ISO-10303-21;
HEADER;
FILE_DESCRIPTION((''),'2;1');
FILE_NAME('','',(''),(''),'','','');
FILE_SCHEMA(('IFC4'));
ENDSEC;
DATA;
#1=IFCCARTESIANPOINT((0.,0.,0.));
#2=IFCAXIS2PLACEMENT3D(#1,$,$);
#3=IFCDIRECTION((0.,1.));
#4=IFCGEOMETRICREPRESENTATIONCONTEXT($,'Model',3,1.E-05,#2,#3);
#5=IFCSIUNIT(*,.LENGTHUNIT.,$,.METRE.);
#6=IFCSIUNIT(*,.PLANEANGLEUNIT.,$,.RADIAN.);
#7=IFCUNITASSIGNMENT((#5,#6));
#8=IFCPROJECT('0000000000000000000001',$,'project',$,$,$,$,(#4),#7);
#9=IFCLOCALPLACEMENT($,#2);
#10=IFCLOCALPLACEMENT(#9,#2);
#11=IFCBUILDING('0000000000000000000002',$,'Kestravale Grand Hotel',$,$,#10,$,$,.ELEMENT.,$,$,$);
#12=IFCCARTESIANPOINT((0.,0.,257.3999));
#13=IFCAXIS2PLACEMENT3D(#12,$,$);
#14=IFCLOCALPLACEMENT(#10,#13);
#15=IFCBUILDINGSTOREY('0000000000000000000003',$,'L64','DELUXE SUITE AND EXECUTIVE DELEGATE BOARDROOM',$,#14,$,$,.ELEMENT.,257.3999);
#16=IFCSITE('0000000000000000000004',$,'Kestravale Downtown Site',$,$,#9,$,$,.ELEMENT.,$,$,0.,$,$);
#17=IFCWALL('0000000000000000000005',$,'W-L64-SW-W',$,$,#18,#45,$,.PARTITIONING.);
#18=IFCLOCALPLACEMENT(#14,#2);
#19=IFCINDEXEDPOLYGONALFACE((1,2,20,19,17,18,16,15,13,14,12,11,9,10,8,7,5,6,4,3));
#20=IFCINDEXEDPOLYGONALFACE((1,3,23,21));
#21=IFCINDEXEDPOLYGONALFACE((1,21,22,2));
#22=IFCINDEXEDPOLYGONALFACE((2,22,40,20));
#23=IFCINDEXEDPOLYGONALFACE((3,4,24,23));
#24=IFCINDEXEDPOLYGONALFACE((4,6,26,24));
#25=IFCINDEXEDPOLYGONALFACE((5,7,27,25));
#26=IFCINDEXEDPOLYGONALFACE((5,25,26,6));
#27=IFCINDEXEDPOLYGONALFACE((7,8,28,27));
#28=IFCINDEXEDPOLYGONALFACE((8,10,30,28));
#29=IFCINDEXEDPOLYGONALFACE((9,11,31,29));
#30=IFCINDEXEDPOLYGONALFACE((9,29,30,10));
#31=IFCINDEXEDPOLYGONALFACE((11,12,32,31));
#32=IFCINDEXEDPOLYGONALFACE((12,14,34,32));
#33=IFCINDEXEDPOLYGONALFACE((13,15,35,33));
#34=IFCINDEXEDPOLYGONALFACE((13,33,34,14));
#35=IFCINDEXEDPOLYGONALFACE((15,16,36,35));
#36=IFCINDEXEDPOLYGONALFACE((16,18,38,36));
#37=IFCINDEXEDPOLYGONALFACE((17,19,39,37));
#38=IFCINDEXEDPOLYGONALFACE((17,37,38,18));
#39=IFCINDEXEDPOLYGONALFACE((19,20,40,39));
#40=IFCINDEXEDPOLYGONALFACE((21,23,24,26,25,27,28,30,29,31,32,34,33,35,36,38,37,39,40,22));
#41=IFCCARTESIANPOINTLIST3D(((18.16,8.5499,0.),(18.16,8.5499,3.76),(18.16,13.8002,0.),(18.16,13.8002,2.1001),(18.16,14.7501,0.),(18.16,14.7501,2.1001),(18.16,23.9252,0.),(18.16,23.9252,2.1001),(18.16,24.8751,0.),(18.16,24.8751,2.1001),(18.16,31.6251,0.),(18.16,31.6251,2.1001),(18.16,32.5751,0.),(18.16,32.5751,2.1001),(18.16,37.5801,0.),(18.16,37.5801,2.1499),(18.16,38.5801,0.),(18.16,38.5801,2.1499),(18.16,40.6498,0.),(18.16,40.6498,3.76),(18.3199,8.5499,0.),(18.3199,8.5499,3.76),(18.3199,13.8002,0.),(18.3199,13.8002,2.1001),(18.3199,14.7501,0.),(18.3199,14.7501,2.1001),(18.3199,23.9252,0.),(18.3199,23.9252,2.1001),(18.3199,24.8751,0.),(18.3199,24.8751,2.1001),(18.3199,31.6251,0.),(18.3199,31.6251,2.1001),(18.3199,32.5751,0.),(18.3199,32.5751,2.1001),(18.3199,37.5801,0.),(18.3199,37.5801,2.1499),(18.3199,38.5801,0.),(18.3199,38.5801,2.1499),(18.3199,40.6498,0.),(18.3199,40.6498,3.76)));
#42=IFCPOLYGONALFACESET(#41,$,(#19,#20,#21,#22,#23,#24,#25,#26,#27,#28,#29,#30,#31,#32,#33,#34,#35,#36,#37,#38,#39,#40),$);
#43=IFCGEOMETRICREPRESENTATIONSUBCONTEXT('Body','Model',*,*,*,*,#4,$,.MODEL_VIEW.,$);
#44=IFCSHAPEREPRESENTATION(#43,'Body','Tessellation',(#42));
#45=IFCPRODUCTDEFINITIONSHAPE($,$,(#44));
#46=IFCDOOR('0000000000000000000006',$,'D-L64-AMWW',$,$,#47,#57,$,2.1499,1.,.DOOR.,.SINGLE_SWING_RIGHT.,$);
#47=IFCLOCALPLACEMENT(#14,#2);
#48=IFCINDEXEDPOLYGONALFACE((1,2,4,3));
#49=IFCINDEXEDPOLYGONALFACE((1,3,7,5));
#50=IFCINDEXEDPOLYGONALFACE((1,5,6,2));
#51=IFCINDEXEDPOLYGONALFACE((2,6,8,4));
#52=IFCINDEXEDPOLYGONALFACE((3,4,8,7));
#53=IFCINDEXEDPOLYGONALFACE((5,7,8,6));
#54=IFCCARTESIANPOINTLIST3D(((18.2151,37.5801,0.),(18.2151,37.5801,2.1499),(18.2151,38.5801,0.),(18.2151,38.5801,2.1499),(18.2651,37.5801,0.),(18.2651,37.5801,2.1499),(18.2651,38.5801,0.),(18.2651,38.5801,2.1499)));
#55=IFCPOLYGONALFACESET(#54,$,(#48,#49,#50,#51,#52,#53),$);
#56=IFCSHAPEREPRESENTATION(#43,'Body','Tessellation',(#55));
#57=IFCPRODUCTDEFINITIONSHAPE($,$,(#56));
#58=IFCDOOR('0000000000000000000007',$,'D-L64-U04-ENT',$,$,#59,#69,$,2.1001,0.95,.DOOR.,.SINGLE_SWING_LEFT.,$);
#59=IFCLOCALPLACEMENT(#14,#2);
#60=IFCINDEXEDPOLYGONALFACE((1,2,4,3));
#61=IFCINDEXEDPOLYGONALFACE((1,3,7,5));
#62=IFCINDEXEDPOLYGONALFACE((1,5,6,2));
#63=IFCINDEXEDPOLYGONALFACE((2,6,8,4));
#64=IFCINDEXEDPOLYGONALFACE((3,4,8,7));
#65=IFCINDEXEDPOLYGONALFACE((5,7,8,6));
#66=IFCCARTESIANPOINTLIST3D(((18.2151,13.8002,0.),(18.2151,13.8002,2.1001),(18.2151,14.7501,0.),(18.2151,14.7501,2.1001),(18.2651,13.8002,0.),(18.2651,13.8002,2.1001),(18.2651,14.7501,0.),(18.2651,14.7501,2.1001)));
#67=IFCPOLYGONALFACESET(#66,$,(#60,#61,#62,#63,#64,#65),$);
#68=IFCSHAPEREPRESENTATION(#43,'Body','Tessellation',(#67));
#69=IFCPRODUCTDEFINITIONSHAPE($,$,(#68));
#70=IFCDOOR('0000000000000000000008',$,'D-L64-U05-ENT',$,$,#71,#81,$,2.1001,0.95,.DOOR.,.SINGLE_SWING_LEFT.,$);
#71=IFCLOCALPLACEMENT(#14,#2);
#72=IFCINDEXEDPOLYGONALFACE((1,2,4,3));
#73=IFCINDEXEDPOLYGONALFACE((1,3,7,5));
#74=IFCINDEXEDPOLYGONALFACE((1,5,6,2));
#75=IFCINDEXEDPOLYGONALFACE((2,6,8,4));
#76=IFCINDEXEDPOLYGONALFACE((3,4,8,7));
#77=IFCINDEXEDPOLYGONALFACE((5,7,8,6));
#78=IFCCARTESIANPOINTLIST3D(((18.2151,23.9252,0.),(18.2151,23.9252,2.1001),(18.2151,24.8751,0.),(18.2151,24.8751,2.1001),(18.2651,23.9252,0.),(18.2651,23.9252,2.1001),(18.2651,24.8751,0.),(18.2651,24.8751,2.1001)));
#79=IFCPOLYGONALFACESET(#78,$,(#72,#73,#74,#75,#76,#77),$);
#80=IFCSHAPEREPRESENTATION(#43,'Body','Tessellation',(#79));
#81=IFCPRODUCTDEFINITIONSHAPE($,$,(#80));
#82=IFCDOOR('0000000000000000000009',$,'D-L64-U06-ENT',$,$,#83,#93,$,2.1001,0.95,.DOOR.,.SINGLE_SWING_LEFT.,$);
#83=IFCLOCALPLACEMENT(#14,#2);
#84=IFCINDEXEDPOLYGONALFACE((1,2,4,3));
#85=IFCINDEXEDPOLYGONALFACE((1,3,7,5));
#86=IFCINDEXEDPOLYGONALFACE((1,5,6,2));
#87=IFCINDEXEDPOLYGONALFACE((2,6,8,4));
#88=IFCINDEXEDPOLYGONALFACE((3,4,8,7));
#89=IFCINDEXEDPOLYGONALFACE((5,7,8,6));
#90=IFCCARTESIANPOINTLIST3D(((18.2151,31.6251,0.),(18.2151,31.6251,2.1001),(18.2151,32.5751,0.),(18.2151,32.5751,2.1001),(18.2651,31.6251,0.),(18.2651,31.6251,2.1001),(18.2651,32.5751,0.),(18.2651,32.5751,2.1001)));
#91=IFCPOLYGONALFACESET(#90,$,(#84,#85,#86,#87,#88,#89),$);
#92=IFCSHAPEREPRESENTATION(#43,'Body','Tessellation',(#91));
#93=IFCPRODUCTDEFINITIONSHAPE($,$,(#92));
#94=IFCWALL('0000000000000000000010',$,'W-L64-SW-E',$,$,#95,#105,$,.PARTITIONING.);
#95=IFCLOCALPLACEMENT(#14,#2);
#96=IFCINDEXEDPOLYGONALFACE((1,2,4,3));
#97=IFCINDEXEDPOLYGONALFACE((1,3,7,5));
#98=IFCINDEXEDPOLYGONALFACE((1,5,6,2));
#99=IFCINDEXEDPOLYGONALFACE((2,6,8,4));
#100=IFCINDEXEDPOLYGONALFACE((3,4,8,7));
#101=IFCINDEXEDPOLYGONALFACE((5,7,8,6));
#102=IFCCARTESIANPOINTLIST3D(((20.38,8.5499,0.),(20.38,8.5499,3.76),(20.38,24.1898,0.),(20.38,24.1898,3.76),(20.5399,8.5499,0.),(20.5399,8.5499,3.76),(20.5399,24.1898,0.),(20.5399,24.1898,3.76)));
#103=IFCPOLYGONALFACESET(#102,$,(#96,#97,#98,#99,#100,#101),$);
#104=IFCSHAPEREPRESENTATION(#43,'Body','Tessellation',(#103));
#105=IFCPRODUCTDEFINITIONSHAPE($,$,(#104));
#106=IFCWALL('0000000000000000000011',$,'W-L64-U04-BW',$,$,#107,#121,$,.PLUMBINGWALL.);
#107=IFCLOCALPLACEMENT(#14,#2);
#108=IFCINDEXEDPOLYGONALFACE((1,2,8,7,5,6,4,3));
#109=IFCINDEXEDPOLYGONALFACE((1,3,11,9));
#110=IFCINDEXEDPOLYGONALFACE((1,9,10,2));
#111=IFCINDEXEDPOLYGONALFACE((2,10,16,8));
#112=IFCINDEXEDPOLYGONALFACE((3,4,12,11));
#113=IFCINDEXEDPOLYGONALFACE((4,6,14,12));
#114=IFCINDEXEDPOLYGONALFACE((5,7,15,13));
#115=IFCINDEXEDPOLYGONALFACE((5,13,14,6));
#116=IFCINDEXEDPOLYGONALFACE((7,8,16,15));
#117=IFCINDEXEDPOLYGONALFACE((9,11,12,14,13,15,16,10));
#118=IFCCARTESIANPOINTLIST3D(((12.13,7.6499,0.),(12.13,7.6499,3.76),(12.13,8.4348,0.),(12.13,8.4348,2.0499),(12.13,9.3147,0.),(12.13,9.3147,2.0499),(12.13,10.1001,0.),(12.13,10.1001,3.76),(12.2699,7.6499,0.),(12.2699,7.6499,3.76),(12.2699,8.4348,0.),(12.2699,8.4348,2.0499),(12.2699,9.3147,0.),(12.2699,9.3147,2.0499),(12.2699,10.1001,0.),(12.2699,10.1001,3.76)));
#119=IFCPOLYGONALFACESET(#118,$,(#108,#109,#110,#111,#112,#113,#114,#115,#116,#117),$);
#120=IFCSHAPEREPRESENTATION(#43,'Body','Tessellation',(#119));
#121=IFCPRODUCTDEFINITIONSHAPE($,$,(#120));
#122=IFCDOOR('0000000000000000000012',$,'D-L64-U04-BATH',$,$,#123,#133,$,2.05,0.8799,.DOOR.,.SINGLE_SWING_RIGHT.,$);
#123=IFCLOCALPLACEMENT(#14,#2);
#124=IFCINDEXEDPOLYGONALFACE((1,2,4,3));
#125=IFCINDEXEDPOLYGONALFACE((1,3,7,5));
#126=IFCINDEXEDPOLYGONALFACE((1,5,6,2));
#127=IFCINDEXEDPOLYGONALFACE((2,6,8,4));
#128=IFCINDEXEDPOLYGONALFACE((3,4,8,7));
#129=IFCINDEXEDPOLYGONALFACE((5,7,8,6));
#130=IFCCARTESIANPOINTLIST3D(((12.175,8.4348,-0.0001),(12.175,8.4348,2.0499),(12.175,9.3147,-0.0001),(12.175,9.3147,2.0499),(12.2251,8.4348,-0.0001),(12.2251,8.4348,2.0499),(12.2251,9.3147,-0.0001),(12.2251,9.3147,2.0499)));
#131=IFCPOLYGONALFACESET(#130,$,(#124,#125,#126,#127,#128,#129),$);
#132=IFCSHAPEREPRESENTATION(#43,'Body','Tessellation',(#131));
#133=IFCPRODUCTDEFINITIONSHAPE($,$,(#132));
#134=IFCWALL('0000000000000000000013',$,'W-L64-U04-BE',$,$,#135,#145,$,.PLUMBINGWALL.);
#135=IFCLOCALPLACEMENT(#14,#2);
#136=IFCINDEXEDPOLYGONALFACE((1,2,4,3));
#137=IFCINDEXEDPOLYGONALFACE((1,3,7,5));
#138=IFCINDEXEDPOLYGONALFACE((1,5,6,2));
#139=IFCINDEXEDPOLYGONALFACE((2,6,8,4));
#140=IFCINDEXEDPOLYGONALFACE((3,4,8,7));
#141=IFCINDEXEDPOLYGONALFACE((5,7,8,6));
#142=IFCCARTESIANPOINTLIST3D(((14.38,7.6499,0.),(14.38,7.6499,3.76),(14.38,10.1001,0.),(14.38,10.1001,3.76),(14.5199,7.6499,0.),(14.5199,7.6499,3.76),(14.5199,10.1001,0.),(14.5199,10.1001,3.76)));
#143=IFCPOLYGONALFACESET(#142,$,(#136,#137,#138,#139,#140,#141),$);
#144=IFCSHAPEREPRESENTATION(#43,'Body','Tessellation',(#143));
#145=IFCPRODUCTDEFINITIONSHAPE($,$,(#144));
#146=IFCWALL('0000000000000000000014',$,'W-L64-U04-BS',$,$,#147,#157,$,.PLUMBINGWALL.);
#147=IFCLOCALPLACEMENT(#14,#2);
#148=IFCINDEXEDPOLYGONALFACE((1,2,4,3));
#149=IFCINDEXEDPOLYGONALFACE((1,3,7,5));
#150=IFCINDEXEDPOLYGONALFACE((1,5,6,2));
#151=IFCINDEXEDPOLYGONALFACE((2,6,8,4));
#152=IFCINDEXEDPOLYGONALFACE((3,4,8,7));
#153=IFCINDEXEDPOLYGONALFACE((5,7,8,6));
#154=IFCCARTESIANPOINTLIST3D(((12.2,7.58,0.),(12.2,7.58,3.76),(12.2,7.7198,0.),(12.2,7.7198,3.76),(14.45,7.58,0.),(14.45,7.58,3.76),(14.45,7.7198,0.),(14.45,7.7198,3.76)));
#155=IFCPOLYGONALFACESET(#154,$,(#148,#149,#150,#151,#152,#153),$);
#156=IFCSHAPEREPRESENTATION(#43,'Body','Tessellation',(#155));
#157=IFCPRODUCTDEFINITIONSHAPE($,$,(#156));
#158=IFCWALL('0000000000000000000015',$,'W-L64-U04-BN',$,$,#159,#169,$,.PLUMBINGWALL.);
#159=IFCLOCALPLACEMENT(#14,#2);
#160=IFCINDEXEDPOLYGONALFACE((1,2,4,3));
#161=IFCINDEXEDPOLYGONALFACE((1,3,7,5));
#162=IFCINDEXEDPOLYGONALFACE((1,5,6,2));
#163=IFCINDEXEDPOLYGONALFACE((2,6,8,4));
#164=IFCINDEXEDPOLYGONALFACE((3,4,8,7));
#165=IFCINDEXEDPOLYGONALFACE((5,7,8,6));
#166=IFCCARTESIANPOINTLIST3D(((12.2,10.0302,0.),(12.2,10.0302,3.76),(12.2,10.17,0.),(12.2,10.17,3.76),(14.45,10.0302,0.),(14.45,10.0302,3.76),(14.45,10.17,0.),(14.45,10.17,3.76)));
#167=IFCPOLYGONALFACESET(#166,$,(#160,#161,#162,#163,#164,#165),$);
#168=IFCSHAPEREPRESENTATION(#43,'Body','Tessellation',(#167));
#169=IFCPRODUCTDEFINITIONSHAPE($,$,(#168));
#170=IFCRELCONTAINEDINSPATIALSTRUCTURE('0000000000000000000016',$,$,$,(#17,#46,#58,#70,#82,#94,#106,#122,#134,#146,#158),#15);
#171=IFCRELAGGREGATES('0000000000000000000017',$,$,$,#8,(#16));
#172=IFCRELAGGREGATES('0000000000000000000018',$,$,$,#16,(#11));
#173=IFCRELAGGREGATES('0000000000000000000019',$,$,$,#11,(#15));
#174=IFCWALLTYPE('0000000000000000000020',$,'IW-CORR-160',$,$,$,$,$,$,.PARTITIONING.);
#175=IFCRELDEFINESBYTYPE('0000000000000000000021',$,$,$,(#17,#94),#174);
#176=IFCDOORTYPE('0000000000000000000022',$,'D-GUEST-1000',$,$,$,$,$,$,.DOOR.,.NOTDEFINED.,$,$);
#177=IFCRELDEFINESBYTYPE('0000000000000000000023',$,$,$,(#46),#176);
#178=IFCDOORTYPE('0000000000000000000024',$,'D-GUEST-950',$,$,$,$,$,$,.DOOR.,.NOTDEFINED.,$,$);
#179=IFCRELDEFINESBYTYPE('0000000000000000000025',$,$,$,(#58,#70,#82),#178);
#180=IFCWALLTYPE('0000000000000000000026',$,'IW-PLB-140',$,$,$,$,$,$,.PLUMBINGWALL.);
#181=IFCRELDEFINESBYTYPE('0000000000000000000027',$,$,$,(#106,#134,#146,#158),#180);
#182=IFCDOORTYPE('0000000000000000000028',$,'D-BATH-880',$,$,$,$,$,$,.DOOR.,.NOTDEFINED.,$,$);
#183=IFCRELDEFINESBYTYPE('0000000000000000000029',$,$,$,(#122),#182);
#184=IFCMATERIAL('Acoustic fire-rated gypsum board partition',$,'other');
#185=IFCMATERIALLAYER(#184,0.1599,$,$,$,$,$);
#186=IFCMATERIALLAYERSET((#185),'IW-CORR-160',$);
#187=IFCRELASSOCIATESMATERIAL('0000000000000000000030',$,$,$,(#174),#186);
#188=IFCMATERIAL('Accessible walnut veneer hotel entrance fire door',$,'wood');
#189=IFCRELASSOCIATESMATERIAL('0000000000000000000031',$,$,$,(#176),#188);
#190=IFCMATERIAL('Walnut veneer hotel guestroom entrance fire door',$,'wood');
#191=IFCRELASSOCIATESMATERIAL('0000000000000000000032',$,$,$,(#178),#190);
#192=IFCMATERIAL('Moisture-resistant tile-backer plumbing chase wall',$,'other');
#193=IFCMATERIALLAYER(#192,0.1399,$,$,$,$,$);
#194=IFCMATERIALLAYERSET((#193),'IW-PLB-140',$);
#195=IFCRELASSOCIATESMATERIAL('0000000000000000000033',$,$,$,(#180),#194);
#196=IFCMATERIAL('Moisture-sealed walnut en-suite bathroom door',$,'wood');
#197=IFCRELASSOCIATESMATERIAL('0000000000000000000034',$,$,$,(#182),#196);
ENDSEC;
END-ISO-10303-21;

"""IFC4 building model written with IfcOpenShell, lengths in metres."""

from ifc_helpers import new_model, si_unit, direction, frame, frame_2d, origin, place, context, subcontext, project, spatial, rectangle, extrude, material, layer, layer_set, type_object, element, fill, save


model = new_model("IFC4")

# Units and contexts
model_context = context("Model", 3, precision=1e-05, world=origin(), true_north=direction((0.0, 1.0)))
body_context = subcontext(model_context, "Body", "Model", "MODEL_VIEW")
ifc_project = project(units=[si_unit("LENGTHUNIT", "METRE"), si_unit("PLANEANGLEUNIT", "RADIAN")], contexts=[model_context])

# Site, building, storey
site_placement = place(None, origin())
site = spatial("IfcSite", under=ifc_project, at=site_placement, Name="Kestravale Downtown Site", CompositionType="ELEMENT", RefElevation=0.0)
building_placement = place(site_placement, origin())
building = spatial("IfcBuilding", under=site, at=building_placement, Name="Kestravale Grand Hotel", CompositionType="ELEMENT")
storey_placement = place(building_placement, frame((0.0, 0.0, 257.3999)))
storey = spatial("IfcBuildingStorey", under=building, at=storey_placement, Name="L64", Description="DELUXE SUITE AND EXECUTIVE DELEGATE BOARDROOM", CompositionType="ELEMENT", Elevation=257.3999)

# Wall, openings, doors
ifc_material_1 = material(Name="Acoustic fire-rated gypsum board partition", Category="other")
ifc_layer_1 = layer(ifc_material_1, 0.1599)
ifc_layer_set_1 = layer_set([ifc_layer_1], Name="IW-CORR-160")
wall_type_1 = type_object("IfcWallType", Name="IW-CORR-160", PredefinedType="PARTITIONING", material=ifc_layer_set_1)
wall_1_placement = place(storey_placement, frame((18.24, 8.55, 0.0), z_axis=(0.0, 0.0, 1.0), x_axis=(0.0, 1.0, 0.0)))
wall_1 = element("IfcWall", 1, at=wall_1_placement, inside=storey, type_object=wall_type_1, Name="W-L64-SW-W", PredefinedType="PARTITIONING", context=body_context, shape_type="SweptSolid", body=[
    extrude(rectangle(XDim=32.0999, YDim=0.1599, at=frame_2d((16.0498, 0.0))), origin(), (0.0, 0.0, 1.0), 3.76),
])
opening_1_placement = place(wall_1_placement, frame((5.25, 0.0, 0.0)))
opening_1 = element("IfcOpeningElement", 2, at=opening_1_placement, cuts=wall_1, PredefinedType="OPENING", context=body_context, shape_type="SweptSolid", body=[
    extrude(rectangle(XDim=0.95, YDim=2.1001, at=frame_2d((0.4751, 1.05))), frame((0.0, 0.0898, 0.0), z_axis=(0.0, -1.0, 0.0), x_axis=(1.0, 0.0, 0.0)), (0.0, 0.0, 1.0), 0.1799),
])
opening_2_placement = place(wall_1_placement, frame((15.375, 0.0, 0.0)))
opening_2 = element("IfcOpeningElement", 3, at=opening_2_placement, cuts=wall_1, PredefinedType="OPENING", context=body_context, shape_type="SweptSolid", body=[
    extrude(rectangle(XDim=0.95, YDim=2.1001, at=frame_2d((0.4751, 1.05))), frame((0.0, 0.0898, 0.0), z_axis=(0.0, -1.0, 0.0), x_axis=(1.0, 0.0, 0.0)), (0.0, 0.0, 1.0), 0.1799),
])
opening_3_placement = place(wall_1_placement, frame((23.075, 0.0, 0.0)))
opening_3 = element("IfcOpeningElement", 4, at=opening_3_placement, cuts=wall_1, PredefinedType="OPENING", context=body_context, shape_type="SweptSolid", body=[
    extrude(rectangle(XDim=0.95, YDim=2.1001, at=frame_2d((0.4751, 1.05))), frame((0.0, 0.0898, 0.0), z_axis=(0.0, -1.0, 0.0), x_axis=(1.0, 0.0, 0.0)), (0.0, 0.0, 1.0), 0.1799),
])
opening_4_placement = place(wall_1_placement, frame((29.03, 0.0, 0.0)))
opening_4 = element("IfcOpeningElement", 5, at=opening_4_placement, cuts=wall_1, PredefinedType="OPENING", context=body_context, shape_type="SweptSolid", body=[
    extrude(rectangle(XDim=1.0, YDim=2.1499, at=frame_2d((0.5, 1.075))), frame((0.0, 0.0898, 0.0), z_axis=(0.0, -1.0, 0.0), x_axis=(1.0, 0.0, 0.0)), (0.0, 0.0, 1.0), 0.1799),
])
ifc_material_2 = material(Name="Accessible walnut veneer hotel entrance fire door", Category="wood")
door_type_1 = type_object("IfcDoorType", Name="D-GUEST-1000", OperationType="NOTDEFINED", PredefinedType="DOOR", material=ifc_material_2)
door_1_placement = place(opening_4_placement, origin())
door_1 = element("IfcDoor", 6, at=door_1_placement, inside=storey, type_object=door_type_1, Name="D-L64-AMWW", OperationType="SINGLE_SWING_RIGHT", OverallHeight=2.1499, OverallWidth=1.0, PredefinedType="DOOR", context=body_context, shape_type="SweptSolid", body=[
    extrude(rectangle(XDim=1.0, YDim=2.1499, at=frame_2d((0.5, 1.075))), frame((0.0, 0.0249, 0.0), z_axis=(0.0, -1.0, 0.0), x_axis=(1.0, 0.0, 0.0)), (0.0, 0.0, 1.0), 0.05),
])
fill(opening_4, door_1)
ifc_material_3 = material(Name="Walnut veneer hotel guestroom entrance fire door", Category="wood")
door_type_2 = type_object("IfcDoorType", Name="D-GUEST-950", OperationType="NOTDEFINED", PredefinedType="DOOR", material=ifc_material_3)
door_2_placement = place(opening_1_placement, origin())
door_2 = element("IfcDoor", 7, at=door_2_placement, inside=storey, type_object=door_type_2, Name="D-L64-U04-ENT", OperationType="SINGLE_SWING_LEFT", OverallHeight=2.1001, OverallWidth=0.95, PredefinedType="DOOR", context=body_context, shape_type="SweptSolid", body=[
    extrude(rectangle(XDim=0.95, YDim=2.1001, at=frame_2d((0.4751, 1.05))), frame((0.0, 0.0249, 0.0), z_axis=(0.0, -1.0, 0.0), x_axis=(1.0, 0.0, 0.0)), (0.0, 0.0, 1.0), 0.05),
])
fill(opening_1, door_2)
door_3_placement = place(opening_2_placement, origin())
door_3 = element("IfcDoor", 8, at=door_3_placement, inside=storey, type_object=door_type_2, Name="D-L64-U05-ENT", OperationType="SINGLE_SWING_LEFT", OverallHeight=2.1001, OverallWidth=0.95, PredefinedType="DOOR", context=body_context, shape_type="SweptSolid", body=[
    extrude(rectangle(XDim=0.95, YDim=2.1001, at=frame_2d((0.4751, 1.05))), frame((0.0, 0.0249, 0.0), z_axis=(0.0, -1.0, 0.0), x_axis=(1.0, 0.0, 0.0)), (0.0, 0.0, 1.0), 0.05),
])
fill(opening_2, door_3)
door_4_placement = place(opening_3_placement, origin())
door_4 = element("IfcDoor", 9, at=door_4_placement, inside=storey, type_object=door_type_2, Name="D-L64-U06-ENT", OperationType="SINGLE_SWING_LEFT", OverallHeight=2.1001, OverallWidth=0.95, PredefinedType="DOOR", context=body_context, shape_type="SweptSolid", body=[
    extrude(rectangle(XDim=0.95, YDim=2.1001, at=frame_2d((0.4751, 1.05))), frame((0.0, 0.0249, 0.0), z_axis=(0.0, -1.0, 0.0), x_axis=(1.0, 0.0, 0.0)), (0.0, 0.0, 1.0), 0.05),
])
fill(opening_3, door_4)

# Wall
wall_2_placement = place(storey_placement, frame((20.46, 8.55, 0.0), z_axis=(0.0, 0.0, 1.0), x_axis=(0.0, 1.0, 0.0)))
element("IfcWall", 10, at=wall_2_placement, inside=storey, type_object=wall_type_1, Name="W-L64-SW-E", PredefinedType="PARTITIONING", context=body_context, shape_type="SweptSolid", body=[
    extrude(rectangle(XDim=15.6399, YDim=0.1599, at=frame_2d((7.8198, 0.0))), origin(), (0.0, 0.0, 1.0), 3.76),
])

# Wall, opening, door
ifc_material_4 = material(Name="Moisture-resistant tile-backer plumbing chase wall", Category="other")
ifc_layer_2 = layer(ifc_material_4, 0.1399)
ifc_layer_set_2 = layer_set([ifc_layer_2], Name="IW-PLB-140")
wall_type_2 = type_object("IfcWallType", Name="IW-PLB-140", PredefinedType="PLUMBINGWALL", material=ifc_layer_set_2)
wall_3_placement = place(storey_placement, frame((12.2, 7.6499, 0.0), z_axis=(0.0, 0.0, 1.0), x_axis=(0.0, 1.0, 0.0)))
wall_3 = element("IfcWall", 11, at=wall_3_placement, inside=storey, type_object=wall_type_2, Name="W-L64-U04-BW", PredefinedType="PLUMBINGWALL", context=body_context, shape_type="SweptSolid", body=[
    extrude(rectangle(XDim=2.4502, YDim=0.1399, at=frame_2d((1.2251, 0.0))), origin(), (0.0, 0.0, 1.0), 3.76),
])
opening_5_placement = place(wall_3_placement, frame((0.7849, 0.0, 0.0)))
opening_5 = element("IfcOpeningElement", 12, at=opening_5_placement, cuts=wall_3, PredefinedType="OPENING", context=body_context, shape_type="SweptSolid", body=[
    extrude(rectangle(XDim=0.8799, YDim=2.05, at=frame_2d((0.4399, 1.0249))), frame((0.0, 0.0798, 0.0), z_axis=(0.0, -1.0, 0.0), x_axis=(1.0, 0.0, 0.0)), (0.0, 0.0, 1.0), 0.1599),
])
ifc_material_5 = material(Name="Moisture-sealed walnut en-suite bathroom door", Category="wood")
door_type_3 = type_object("IfcDoorType", Name="D-BATH-880", OperationType="NOTDEFINED", PredefinedType="DOOR", material=ifc_material_5)
door_5_placement = place(opening_5_placement, origin())
door_5 = element("IfcDoor", 13, at=door_5_placement, inside=storey, type_object=door_type_3, Name="D-L64-U04-BATH", OperationType="SINGLE_SWING_RIGHT", OverallHeight=2.05, OverallWidth=0.8799, PredefinedType="DOOR", context=body_context, shape_type="SweptSolid", body=[
    extrude(rectangle(XDim=0.8799, YDim=2.05, at=frame_2d((0.4399, 1.0249))), frame((0.0, 0.0249, 0.0), z_axis=(0.0, -1.0, 0.0), x_axis=(1.0, 0.0, 0.0)), (0.0, 0.0, 1.0), 0.05),
])
fill(opening_5, door_5)

# Walls
wall_4_placement = place(storey_placement, frame((14.45, 7.6499, 0.0), z_axis=(0.0, 0.0, 1.0), x_axis=(0.0, 1.0, 0.0)))
element("IfcWall", 14, at=wall_4_placement, inside=storey, type_object=wall_type_2, Name="W-L64-U04-BE", PredefinedType="PLUMBINGWALL", context=body_context, shape_type="SweptSolid", body=[
    extrude(rectangle(XDim=2.4502, YDim=0.1399, at=frame_2d((1.2251, 0.0))), origin(), (0.0, 0.0, 1.0), 3.76),
])
for number, where, z_axis, x_axis, name in (
    (15, (12.2, 7.6499, 0.0), (0.0, 0.0, 1.0), (1.0, 0.0, 0.0), "W-L64-U04-BS"),
    (16, (12.2, 10.1001, 0.0), (0.0, 0.0, 1.0), (1.0, 0.0, 0.0), "W-L64-U04-BN"),
):
    element("IfcWall", number, at=place(storey_placement, frame(where, z_axis=z_axis, x_axis=x_axis)), inside=storey, type_object=wall_type_2, Name=name, PredefinedType="PLUMBINGWALL", context=body_context, shape_type="SweptSolid", body=[
        extrude(rectangle(XDim=2.25, YDim=0.1399, at=frame_2d((1.125, 0.0))), origin(), (0.0, 0.0, 1.0), 3.76),
    ])

save(model, "model.ifc")
